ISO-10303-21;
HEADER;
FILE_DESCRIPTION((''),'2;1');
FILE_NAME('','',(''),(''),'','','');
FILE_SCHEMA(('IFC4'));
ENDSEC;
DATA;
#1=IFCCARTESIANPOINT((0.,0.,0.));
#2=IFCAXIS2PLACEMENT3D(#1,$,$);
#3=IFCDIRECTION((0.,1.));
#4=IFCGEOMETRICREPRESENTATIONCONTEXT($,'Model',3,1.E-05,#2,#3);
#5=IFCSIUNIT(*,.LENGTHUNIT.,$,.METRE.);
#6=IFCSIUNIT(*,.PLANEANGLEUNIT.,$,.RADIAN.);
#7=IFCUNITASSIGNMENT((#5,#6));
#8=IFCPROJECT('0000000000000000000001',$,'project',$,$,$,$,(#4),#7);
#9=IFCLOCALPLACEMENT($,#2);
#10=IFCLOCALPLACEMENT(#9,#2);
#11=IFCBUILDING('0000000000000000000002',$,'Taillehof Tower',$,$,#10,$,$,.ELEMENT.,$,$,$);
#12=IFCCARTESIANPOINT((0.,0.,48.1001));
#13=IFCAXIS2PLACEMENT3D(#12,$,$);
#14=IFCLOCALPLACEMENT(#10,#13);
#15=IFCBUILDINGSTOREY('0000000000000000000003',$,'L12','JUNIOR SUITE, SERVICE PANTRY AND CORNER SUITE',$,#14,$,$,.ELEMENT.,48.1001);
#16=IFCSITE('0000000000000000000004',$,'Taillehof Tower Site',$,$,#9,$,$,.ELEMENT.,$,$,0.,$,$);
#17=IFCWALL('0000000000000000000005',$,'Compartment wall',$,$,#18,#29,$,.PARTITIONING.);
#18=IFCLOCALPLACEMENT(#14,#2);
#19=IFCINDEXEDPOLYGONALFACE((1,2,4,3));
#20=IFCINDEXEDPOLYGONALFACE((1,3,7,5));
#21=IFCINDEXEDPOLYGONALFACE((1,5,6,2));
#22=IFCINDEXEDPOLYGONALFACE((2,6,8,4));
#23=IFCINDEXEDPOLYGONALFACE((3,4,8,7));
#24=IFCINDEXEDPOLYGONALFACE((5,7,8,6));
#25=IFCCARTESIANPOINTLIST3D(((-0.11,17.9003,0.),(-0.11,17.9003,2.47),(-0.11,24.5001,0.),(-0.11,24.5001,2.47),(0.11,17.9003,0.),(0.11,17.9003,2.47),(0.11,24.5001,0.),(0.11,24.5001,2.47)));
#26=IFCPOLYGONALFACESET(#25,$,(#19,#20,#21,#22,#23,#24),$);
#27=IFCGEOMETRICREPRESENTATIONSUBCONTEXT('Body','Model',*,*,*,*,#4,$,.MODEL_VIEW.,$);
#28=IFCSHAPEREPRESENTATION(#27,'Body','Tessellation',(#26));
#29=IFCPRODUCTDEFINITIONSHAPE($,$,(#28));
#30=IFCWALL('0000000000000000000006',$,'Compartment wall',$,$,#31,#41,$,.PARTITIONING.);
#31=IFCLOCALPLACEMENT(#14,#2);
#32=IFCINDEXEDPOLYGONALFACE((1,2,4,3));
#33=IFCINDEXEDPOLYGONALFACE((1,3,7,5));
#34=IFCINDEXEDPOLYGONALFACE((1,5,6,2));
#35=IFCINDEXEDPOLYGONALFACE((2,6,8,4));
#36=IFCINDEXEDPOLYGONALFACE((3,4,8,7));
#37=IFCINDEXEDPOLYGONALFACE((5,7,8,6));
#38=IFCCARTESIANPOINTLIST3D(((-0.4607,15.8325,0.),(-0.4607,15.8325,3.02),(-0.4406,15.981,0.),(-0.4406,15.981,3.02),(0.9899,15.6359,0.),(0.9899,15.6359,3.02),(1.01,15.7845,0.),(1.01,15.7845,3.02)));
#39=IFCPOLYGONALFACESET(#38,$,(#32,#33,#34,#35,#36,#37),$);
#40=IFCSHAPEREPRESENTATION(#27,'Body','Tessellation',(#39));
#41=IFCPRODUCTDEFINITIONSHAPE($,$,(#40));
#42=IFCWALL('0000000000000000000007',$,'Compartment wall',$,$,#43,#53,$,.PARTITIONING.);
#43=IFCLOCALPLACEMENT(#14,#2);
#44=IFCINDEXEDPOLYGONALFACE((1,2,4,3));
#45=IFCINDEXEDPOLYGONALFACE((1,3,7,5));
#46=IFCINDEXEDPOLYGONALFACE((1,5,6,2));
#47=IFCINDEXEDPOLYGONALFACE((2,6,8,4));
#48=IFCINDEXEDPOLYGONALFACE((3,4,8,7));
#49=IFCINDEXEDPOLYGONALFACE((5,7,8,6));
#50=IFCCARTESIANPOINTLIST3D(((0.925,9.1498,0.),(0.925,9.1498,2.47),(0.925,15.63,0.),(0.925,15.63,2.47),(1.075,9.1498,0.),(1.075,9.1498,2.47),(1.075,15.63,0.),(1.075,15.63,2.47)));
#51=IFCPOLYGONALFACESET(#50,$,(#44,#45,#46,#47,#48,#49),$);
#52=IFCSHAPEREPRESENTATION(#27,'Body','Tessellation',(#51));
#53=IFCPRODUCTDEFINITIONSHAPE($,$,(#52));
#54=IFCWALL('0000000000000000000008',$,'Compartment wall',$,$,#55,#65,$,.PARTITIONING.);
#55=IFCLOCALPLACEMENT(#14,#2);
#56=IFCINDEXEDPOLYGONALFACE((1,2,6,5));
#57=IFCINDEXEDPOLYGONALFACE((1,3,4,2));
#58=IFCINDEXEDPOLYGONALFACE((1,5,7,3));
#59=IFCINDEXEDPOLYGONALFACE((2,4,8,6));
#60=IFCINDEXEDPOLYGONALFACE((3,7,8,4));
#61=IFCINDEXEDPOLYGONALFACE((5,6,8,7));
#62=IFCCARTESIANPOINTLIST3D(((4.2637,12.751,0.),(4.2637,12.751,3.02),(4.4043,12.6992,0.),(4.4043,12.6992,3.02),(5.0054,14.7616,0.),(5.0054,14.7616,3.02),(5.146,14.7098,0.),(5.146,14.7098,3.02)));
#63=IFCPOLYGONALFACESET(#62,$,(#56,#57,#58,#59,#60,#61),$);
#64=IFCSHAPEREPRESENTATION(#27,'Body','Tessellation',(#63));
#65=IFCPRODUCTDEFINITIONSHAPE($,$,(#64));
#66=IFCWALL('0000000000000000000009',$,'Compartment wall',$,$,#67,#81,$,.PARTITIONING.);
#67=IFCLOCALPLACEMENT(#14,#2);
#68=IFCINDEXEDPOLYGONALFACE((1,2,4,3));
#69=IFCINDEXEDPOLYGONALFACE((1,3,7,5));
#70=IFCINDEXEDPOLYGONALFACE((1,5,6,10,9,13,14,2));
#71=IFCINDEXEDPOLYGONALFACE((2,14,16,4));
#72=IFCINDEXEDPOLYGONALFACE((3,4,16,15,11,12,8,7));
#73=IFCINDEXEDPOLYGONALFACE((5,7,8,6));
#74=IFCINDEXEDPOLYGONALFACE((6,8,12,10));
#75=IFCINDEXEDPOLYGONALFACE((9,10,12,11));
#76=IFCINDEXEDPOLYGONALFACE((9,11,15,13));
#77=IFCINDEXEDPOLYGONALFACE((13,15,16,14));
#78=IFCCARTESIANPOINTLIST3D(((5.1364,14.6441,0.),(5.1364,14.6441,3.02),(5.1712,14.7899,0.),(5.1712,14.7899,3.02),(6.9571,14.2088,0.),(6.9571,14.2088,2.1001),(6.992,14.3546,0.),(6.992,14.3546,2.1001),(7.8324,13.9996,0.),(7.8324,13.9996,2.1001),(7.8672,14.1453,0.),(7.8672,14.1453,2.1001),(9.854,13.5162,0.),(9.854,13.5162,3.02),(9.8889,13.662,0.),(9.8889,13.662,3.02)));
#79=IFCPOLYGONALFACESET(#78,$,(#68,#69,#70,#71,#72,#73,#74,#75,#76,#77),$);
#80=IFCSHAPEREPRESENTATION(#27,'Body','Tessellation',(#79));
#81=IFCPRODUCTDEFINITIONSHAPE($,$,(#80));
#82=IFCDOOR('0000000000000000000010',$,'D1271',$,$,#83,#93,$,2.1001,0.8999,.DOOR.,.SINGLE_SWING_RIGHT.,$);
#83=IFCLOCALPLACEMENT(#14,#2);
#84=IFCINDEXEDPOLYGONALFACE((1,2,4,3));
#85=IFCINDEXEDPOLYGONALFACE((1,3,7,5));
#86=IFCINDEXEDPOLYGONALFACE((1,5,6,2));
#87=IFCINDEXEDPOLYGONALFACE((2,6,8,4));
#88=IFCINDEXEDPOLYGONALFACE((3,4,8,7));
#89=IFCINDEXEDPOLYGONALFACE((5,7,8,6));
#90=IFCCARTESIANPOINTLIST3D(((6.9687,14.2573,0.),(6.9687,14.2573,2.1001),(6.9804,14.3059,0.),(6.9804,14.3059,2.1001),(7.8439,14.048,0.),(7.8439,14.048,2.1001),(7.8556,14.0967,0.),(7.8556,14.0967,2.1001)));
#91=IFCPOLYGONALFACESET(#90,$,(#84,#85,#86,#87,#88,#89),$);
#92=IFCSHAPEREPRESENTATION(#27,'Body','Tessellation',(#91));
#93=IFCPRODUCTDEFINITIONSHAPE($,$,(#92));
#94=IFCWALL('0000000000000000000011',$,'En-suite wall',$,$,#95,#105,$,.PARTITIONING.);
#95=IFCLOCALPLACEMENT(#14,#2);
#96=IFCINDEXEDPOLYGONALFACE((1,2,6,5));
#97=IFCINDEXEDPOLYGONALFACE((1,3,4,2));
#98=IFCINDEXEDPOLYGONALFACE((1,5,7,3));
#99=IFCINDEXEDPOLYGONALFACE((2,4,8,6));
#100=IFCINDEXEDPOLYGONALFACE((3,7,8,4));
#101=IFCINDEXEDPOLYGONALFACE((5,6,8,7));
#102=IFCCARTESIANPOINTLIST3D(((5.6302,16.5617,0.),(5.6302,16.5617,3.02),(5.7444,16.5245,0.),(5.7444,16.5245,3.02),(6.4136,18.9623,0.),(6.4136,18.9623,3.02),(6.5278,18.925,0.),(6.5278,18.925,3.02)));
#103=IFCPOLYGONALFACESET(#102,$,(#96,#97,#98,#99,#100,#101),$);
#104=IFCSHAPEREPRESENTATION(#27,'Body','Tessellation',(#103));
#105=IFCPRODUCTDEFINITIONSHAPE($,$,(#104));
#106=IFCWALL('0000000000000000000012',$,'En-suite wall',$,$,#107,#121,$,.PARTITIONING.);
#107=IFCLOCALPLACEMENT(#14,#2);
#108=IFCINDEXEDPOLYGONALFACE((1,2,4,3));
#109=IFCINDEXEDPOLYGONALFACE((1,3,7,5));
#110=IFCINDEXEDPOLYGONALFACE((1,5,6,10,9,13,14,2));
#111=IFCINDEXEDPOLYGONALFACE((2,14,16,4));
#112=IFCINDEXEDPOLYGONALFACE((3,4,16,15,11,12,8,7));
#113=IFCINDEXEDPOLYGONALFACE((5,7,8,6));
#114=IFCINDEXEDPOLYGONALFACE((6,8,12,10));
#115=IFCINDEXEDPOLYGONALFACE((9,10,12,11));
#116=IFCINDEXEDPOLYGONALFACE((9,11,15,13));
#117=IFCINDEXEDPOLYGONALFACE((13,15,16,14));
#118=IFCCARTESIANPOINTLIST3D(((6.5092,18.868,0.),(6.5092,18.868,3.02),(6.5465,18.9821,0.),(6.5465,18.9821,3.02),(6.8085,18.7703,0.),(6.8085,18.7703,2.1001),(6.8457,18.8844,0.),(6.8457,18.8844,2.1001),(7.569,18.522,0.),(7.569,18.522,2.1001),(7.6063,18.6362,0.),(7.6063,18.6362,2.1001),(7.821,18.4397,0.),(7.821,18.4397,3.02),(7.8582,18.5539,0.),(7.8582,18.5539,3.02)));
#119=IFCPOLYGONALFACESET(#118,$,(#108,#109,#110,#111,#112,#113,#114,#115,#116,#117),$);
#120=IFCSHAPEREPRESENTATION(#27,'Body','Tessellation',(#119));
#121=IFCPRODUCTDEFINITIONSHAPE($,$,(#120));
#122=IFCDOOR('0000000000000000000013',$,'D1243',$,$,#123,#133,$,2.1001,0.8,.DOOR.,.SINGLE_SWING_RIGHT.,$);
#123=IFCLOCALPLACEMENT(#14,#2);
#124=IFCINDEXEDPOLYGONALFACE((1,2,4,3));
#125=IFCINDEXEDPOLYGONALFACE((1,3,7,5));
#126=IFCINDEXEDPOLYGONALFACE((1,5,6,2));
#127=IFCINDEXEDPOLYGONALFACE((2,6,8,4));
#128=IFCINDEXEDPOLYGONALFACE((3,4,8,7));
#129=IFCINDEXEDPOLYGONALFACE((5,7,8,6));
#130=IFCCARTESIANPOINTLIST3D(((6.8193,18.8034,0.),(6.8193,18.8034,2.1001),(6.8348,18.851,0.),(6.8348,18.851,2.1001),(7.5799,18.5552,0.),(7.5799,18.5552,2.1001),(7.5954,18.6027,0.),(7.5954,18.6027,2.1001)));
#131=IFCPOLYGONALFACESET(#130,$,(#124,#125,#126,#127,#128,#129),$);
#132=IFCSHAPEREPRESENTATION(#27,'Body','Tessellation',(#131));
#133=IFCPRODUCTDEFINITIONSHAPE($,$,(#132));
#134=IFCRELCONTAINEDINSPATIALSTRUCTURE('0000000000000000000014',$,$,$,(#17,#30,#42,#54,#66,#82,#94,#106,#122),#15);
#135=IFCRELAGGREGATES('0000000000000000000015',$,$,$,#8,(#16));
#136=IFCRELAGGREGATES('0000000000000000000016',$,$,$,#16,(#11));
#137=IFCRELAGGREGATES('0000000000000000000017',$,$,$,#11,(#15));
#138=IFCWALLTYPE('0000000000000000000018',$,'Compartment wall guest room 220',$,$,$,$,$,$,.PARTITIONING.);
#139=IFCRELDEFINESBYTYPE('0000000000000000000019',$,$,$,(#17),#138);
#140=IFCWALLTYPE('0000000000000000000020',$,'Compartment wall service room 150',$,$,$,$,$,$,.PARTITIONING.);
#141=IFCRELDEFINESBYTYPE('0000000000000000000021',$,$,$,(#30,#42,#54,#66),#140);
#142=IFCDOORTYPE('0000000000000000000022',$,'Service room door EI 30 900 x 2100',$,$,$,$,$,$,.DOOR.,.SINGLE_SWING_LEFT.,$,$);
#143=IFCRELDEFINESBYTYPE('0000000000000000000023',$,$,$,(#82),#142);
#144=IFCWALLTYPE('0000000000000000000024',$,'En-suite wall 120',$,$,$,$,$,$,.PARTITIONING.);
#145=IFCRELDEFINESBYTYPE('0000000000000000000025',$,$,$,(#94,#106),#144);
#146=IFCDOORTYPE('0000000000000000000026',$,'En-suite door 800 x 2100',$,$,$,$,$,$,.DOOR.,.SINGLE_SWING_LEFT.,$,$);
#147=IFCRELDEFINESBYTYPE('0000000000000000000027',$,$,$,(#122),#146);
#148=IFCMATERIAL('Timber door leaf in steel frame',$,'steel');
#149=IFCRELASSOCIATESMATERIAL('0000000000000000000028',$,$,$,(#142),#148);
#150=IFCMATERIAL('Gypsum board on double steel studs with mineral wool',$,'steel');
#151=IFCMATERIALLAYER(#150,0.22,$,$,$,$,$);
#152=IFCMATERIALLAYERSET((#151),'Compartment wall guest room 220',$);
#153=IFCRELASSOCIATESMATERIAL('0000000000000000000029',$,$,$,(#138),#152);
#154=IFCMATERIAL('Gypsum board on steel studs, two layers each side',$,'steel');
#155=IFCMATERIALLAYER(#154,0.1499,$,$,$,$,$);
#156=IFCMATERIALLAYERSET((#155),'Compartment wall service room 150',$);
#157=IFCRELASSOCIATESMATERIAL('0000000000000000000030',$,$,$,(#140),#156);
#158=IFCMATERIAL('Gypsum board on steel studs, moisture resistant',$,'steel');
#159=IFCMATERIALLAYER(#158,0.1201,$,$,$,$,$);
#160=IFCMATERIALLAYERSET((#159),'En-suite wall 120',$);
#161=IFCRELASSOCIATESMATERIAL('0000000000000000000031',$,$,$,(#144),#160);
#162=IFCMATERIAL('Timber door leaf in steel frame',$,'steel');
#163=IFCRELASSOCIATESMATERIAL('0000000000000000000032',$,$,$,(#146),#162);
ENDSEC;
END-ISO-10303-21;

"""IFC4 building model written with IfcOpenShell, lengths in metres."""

from ifc_helpers import new_model, si_unit, direction, frame, frame_2d, origin, place, context, subcontext, project, spatial, rectangle, extrude, material, layer, layer_set, type_object, element, fill, save


model = new_model("IFC4")

# Units and contexts
model_context = context("Model", 3, precision=1e-05, world=origin(), true_north=direction((0.0, 1.0)))
body_context = subcontext(model_context, "Body", "Model", "MODEL_VIEW")
ifc_project = project(units=[si_unit("LENGTHUNIT", "METRE"), si_unit("PLANEANGLEUNIT", "RADIAN")], contexts=[model_context])

# Site, building, storey
site_placement = place(None, origin())
site = spatial("IfcSite", under=ifc_project, at=site_placement, Name="Taillehof Tower Site", CompositionType="ELEMENT", RefElevation=0.0)
building_placement = place(site_placement, origin())
building = spatial("IfcBuilding", under=site, at=building_placement, Name="Taillehof Tower", CompositionType="ELEMENT")
storey_placement = place(building_placement, frame((0.0, 0.0, 48.1001)))
storey = spatial("IfcBuildingStorey", under=building, at=storey_placement, Name="L12", Description="JUNIOR SUITE, SERVICE PANTRY AND CORNER SUITE", CompositionType="ELEMENT", Elevation=48.1001)

# Shared definitions
ifc_material_1 = material(Name="Timber door leaf in steel frame", Category="steel")
door_type_1 = type_object("IfcDoorType", Name="Service room door EI 30 900 x 2100", OperationType="SINGLE_SWING_LEFT", PredefinedType="DOOR", material=ifc_material_1)

# Walls
ifc_material_2 = material(Name="Gypsum board on double steel studs with mineral wool", Category="steel")
ifc_layer_1 = layer(ifc_material_2, 0.22)
ifc_layer_set_1 = layer_set([ifc_layer_1], Name="Compartment wall guest room 220")
wall_type_1 = type_object("IfcWallType", Name="Compartment wall guest room 220", PredefinedType="PARTITIONING", material=ifc_layer_set_1)
wall_1_placement = place(storey_placement, frame((0.0, 24.5, 0.0), z_axis=(0.0, 0.0, 1.0), x_axis=(0.0, -1.0, 0.0)))
element("IfcWall", 1, at=wall_1_placement, inside=storey, type_object=wall_type_1, Name="Compartment wall", PredefinedType="PARTITIONING", context=body_context, shape_type="SweptSolid", body=[
    extrude(rectangle(XDim=6.5999, YDim=0.22, at=frame_2d((3.2998, 0.0))), origin(), (0.0, 0.0, 1.0), 2.47),
])
ifc_material_3 = material(Name="Gypsum board on steel studs, two layers each side", Category="steel")
ifc_layer_2 = layer(ifc_material_3, 0.1499)
ifc_layer_set_2 = layer_set([ifc_layer_2], Name="Compartment wall service room 150")
wall_type_2 = type_object("IfcWallType", Name="Compartment wall service room 150", PredefinedType="PARTITIONING", material=ifc_layer_set_2)
wall_2_placement = place(storey_placement, frame((-0.4507, 15.9067, 0.0), z_axis=(0.0, 0.0, 1.0), x_axis=(0.990948, -0.13425, 0.0)))
element("IfcWall", 2, at=wall_2_placement, inside=storey, type_object=wall_type_2, Name="Compartment wall", PredefinedType="PARTITIONING", context=body_context, shape_type="SweptSolid", body=[
    extrude(rectangle(XDim=1.4639, YDim=0.1499, at=frame_2d((0.7319, 0.0))), origin(), (0.0, 0.0, 1.0), 3.02),
])
wall_3_placement = place(storey_placement, frame((1.0, 15.6301, 0.0), z_axis=(0.0, 0.0, 1.0), x_axis=(0.0, -1.0, 0.0)))
element("IfcWall", 3, at=wall_3_placement, inside=storey, type_object=wall_type_2, Name="Compartment wall", PredefinedType="PARTITIONING", context=body_context, shape_type="SweptSolid", body=[
    extrude(rectangle(XDim=6.4802, YDim=0.1499, at=frame_2d((3.2402, 0.0))), origin(), (0.0, 0.0, 1.0), 2.47),
])
wall_4_placement = place(storey_placement, frame((4.334, 12.7251, 0.0), z_axis=(0.0, 0.0, 1.0), x_axis=(0.346112, 0.938193, 0.0)))
element("IfcWall", 4, at=wall_4_placement, inside=storey, type_object=wall_type_2, Name="Compartment wall", PredefinedType="PARTITIONING", context=body_context, shape_type="SweptSolid", body=[
    extrude(rectangle(XDim=2.1431, YDim=0.1499, at=frame_2d((1.0715, 0.0))), origin(), (0.0, 0.0, 1.0), 3.02),
])

# Wall, opening, door
wall_5_placement = place(storey_placement, frame((5.1538, 14.717, 0.0), z_axis=(0.0, 0.0, 1.0), x_axis=(0.972587, -0.232539, 0.0)))
wall_5 = element("IfcWall", 5, at=wall_5_placement, inside=storey, type_object=wall_type_2, Name="Compartment wall", PredefinedType="PARTITIONING", context=body_context, shape_type="SweptSolid", body=[
    extrude(rectangle(XDim=4.8506, YDim=0.1499, at=frame_2d((2.4253, 0.0))), origin(), (0.0, 0.0, 1.0), 3.02),
])
opening_1_placement = place(wall_5_placement, frame((1.8721, 0.0, 0.0)))
opening_1 = element("IfcOpeningElement", 6, at=opening_1_placement, cuts=wall_5, PredefinedType="OPENING", context=body_context, shape_type="SweptSolid", body=[
    extrude(rectangle(XDim=0.8999, YDim=2.1001, at=frame_2d((0.45, 1.05))), frame((0.0, 0.085, 0.0), z_axis=(0.0, -1.0, 0.0), x_axis=(1.0, 0.0, 0.0)), (0.0, 0.0, 1.0), 0.1699),
])
door_1_placement = place(opening_1_placement, origin())
door_1 = element("IfcDoor", 7, at=door_1_placement, inside=storey, type_object=door_type_1, Name="D1271", OperationType="SINGLE_SWING_RIGHT", OverallHeight=2.1001, OverallWidth=0.8999, PredefinedType="DOOR", context=body_context, shape_type="SweptSolid", body=[
    extrude(rectangle(XDim=0.8999, YDim=2.1001, at=frame_2d((0.45, 1.05))), frame((0.0, 0.0249, 0.0), z_axis=(0.0, -1.0, 0.0), x_axis=(1.0, 0.0, 0.0)), (0.0, 0.0, 1.0), 0.05),
])
fill(opening_1, door_1)

# Wall
ifc_material_4 = material(Name="Gypsum board on steel studs, moisture resistant", Category="steel")
ifc_layer_3 = layer(ifc_material_4, 0.1201)
ifc_layer_set_3 = layer_set([ifc_layer_3], Name="En-suite wall 120")
wall_type_3 = type_object("IfcWallType", Name="En-suite wall 120", PredefinedType="PARTITIONING", material=ifc_layer_set_3)
wall_6_placement = place(storey_placement, frame((5.6873, 16.543, 0.0), z_axis=(0.0, 0.0, 1.0), x_axis=(0.310247, 0.950656, 0.0)))
element("IfcWall", 8, at=wall_6_placement, inside=storey, type_object=wall_type_3, Name="En-suite wall", PredefinedType="PARTITIONING", context=body_context, shape_type="SweptSolid", body=[
    extrude(rectangle(XDim=2.5251, YDim=0.1201, at=frame_2d((1.2627, 0.0))), origin(), (0.0, 0.0, 1.0), 3.02),
])

# Wall, opening, door
wall_7_placement = place(storey_placement, frame((6.5278, 18.925, 0.0), z_axis=(0.0, 0.0, 1.0), x_axis=(0.950629, -0.31033, 0.0)))
wall_7 = element("IfcWall", 9, at=wall_7_placement, inside=storey, type_object=wall_type_3, Name="En-suite wall", PredefinedType="PARTITIONING", context=body_context, shape_type="SweptSolid", body=[
    extrude(rectangle(XDim=1.3799, YDim=0.1201, at=frame_2d((0.6899, 0.0))), origin(), (0.0, 0.0, 1.0), 3.02),
])
opening_2_placement = place(wall_7_placement, frame((0.3149, 0.0, 0.0)))
opening_2 = element("IfcOpeningElement", 10, at=opening_2_placement, cuts=wall_7, PredefinedType="OPENING", context=body_context, shape_type="SweptSolid", body=[
    extrude(rectangle(XDim=0.8, YDim=2.1001, at=frame_2d((0.3999, 1.05))), frame((0.0, 0.0701, 0.0), z_axis=(0.0, -1.0, 0.0), x_axis=(1.0, 0.0, 0.0)), (0.0, 0.0, 1.0), 0.1401),
])
ifc_material_5 = material(Name="Timber door leaf in steel frame", Category="steel")
door_type_2 = type_object("IfcDoorType", Name="En-suite door 800 x 2100", OperationType="SINGLE_SWING_LEFT", PredefinedType="DOOR", material=ifc_material_5)
door_2_placement = place(opening_2_placement, origin())
door_2 = element("IfcDoor", 11, at=door_2_placement, inside=storey, type_object=door_type_2, Name="D1243", OperationType="SINGLE_SWING_RIGHT", OverallHeight=2.1001, OverallWidth=0.8, PredefinedType="DOOR", context=body_context, shape_type="SweptSolid", body=[
    extrude(rectangle(XDim=0.8, YDim=2.1001, at=frame_2d((0.3999, 1.05))), frame((0.0, 0.0249, 0.0), z_axis=(0.0, -1.0, 0.0), x_axis=(1.0, 0.0, 0.0)), (0.0, 0.0, 1.0), 0.05),
])
fill(opening_2, door_2)

save(model, "model.ifc")
